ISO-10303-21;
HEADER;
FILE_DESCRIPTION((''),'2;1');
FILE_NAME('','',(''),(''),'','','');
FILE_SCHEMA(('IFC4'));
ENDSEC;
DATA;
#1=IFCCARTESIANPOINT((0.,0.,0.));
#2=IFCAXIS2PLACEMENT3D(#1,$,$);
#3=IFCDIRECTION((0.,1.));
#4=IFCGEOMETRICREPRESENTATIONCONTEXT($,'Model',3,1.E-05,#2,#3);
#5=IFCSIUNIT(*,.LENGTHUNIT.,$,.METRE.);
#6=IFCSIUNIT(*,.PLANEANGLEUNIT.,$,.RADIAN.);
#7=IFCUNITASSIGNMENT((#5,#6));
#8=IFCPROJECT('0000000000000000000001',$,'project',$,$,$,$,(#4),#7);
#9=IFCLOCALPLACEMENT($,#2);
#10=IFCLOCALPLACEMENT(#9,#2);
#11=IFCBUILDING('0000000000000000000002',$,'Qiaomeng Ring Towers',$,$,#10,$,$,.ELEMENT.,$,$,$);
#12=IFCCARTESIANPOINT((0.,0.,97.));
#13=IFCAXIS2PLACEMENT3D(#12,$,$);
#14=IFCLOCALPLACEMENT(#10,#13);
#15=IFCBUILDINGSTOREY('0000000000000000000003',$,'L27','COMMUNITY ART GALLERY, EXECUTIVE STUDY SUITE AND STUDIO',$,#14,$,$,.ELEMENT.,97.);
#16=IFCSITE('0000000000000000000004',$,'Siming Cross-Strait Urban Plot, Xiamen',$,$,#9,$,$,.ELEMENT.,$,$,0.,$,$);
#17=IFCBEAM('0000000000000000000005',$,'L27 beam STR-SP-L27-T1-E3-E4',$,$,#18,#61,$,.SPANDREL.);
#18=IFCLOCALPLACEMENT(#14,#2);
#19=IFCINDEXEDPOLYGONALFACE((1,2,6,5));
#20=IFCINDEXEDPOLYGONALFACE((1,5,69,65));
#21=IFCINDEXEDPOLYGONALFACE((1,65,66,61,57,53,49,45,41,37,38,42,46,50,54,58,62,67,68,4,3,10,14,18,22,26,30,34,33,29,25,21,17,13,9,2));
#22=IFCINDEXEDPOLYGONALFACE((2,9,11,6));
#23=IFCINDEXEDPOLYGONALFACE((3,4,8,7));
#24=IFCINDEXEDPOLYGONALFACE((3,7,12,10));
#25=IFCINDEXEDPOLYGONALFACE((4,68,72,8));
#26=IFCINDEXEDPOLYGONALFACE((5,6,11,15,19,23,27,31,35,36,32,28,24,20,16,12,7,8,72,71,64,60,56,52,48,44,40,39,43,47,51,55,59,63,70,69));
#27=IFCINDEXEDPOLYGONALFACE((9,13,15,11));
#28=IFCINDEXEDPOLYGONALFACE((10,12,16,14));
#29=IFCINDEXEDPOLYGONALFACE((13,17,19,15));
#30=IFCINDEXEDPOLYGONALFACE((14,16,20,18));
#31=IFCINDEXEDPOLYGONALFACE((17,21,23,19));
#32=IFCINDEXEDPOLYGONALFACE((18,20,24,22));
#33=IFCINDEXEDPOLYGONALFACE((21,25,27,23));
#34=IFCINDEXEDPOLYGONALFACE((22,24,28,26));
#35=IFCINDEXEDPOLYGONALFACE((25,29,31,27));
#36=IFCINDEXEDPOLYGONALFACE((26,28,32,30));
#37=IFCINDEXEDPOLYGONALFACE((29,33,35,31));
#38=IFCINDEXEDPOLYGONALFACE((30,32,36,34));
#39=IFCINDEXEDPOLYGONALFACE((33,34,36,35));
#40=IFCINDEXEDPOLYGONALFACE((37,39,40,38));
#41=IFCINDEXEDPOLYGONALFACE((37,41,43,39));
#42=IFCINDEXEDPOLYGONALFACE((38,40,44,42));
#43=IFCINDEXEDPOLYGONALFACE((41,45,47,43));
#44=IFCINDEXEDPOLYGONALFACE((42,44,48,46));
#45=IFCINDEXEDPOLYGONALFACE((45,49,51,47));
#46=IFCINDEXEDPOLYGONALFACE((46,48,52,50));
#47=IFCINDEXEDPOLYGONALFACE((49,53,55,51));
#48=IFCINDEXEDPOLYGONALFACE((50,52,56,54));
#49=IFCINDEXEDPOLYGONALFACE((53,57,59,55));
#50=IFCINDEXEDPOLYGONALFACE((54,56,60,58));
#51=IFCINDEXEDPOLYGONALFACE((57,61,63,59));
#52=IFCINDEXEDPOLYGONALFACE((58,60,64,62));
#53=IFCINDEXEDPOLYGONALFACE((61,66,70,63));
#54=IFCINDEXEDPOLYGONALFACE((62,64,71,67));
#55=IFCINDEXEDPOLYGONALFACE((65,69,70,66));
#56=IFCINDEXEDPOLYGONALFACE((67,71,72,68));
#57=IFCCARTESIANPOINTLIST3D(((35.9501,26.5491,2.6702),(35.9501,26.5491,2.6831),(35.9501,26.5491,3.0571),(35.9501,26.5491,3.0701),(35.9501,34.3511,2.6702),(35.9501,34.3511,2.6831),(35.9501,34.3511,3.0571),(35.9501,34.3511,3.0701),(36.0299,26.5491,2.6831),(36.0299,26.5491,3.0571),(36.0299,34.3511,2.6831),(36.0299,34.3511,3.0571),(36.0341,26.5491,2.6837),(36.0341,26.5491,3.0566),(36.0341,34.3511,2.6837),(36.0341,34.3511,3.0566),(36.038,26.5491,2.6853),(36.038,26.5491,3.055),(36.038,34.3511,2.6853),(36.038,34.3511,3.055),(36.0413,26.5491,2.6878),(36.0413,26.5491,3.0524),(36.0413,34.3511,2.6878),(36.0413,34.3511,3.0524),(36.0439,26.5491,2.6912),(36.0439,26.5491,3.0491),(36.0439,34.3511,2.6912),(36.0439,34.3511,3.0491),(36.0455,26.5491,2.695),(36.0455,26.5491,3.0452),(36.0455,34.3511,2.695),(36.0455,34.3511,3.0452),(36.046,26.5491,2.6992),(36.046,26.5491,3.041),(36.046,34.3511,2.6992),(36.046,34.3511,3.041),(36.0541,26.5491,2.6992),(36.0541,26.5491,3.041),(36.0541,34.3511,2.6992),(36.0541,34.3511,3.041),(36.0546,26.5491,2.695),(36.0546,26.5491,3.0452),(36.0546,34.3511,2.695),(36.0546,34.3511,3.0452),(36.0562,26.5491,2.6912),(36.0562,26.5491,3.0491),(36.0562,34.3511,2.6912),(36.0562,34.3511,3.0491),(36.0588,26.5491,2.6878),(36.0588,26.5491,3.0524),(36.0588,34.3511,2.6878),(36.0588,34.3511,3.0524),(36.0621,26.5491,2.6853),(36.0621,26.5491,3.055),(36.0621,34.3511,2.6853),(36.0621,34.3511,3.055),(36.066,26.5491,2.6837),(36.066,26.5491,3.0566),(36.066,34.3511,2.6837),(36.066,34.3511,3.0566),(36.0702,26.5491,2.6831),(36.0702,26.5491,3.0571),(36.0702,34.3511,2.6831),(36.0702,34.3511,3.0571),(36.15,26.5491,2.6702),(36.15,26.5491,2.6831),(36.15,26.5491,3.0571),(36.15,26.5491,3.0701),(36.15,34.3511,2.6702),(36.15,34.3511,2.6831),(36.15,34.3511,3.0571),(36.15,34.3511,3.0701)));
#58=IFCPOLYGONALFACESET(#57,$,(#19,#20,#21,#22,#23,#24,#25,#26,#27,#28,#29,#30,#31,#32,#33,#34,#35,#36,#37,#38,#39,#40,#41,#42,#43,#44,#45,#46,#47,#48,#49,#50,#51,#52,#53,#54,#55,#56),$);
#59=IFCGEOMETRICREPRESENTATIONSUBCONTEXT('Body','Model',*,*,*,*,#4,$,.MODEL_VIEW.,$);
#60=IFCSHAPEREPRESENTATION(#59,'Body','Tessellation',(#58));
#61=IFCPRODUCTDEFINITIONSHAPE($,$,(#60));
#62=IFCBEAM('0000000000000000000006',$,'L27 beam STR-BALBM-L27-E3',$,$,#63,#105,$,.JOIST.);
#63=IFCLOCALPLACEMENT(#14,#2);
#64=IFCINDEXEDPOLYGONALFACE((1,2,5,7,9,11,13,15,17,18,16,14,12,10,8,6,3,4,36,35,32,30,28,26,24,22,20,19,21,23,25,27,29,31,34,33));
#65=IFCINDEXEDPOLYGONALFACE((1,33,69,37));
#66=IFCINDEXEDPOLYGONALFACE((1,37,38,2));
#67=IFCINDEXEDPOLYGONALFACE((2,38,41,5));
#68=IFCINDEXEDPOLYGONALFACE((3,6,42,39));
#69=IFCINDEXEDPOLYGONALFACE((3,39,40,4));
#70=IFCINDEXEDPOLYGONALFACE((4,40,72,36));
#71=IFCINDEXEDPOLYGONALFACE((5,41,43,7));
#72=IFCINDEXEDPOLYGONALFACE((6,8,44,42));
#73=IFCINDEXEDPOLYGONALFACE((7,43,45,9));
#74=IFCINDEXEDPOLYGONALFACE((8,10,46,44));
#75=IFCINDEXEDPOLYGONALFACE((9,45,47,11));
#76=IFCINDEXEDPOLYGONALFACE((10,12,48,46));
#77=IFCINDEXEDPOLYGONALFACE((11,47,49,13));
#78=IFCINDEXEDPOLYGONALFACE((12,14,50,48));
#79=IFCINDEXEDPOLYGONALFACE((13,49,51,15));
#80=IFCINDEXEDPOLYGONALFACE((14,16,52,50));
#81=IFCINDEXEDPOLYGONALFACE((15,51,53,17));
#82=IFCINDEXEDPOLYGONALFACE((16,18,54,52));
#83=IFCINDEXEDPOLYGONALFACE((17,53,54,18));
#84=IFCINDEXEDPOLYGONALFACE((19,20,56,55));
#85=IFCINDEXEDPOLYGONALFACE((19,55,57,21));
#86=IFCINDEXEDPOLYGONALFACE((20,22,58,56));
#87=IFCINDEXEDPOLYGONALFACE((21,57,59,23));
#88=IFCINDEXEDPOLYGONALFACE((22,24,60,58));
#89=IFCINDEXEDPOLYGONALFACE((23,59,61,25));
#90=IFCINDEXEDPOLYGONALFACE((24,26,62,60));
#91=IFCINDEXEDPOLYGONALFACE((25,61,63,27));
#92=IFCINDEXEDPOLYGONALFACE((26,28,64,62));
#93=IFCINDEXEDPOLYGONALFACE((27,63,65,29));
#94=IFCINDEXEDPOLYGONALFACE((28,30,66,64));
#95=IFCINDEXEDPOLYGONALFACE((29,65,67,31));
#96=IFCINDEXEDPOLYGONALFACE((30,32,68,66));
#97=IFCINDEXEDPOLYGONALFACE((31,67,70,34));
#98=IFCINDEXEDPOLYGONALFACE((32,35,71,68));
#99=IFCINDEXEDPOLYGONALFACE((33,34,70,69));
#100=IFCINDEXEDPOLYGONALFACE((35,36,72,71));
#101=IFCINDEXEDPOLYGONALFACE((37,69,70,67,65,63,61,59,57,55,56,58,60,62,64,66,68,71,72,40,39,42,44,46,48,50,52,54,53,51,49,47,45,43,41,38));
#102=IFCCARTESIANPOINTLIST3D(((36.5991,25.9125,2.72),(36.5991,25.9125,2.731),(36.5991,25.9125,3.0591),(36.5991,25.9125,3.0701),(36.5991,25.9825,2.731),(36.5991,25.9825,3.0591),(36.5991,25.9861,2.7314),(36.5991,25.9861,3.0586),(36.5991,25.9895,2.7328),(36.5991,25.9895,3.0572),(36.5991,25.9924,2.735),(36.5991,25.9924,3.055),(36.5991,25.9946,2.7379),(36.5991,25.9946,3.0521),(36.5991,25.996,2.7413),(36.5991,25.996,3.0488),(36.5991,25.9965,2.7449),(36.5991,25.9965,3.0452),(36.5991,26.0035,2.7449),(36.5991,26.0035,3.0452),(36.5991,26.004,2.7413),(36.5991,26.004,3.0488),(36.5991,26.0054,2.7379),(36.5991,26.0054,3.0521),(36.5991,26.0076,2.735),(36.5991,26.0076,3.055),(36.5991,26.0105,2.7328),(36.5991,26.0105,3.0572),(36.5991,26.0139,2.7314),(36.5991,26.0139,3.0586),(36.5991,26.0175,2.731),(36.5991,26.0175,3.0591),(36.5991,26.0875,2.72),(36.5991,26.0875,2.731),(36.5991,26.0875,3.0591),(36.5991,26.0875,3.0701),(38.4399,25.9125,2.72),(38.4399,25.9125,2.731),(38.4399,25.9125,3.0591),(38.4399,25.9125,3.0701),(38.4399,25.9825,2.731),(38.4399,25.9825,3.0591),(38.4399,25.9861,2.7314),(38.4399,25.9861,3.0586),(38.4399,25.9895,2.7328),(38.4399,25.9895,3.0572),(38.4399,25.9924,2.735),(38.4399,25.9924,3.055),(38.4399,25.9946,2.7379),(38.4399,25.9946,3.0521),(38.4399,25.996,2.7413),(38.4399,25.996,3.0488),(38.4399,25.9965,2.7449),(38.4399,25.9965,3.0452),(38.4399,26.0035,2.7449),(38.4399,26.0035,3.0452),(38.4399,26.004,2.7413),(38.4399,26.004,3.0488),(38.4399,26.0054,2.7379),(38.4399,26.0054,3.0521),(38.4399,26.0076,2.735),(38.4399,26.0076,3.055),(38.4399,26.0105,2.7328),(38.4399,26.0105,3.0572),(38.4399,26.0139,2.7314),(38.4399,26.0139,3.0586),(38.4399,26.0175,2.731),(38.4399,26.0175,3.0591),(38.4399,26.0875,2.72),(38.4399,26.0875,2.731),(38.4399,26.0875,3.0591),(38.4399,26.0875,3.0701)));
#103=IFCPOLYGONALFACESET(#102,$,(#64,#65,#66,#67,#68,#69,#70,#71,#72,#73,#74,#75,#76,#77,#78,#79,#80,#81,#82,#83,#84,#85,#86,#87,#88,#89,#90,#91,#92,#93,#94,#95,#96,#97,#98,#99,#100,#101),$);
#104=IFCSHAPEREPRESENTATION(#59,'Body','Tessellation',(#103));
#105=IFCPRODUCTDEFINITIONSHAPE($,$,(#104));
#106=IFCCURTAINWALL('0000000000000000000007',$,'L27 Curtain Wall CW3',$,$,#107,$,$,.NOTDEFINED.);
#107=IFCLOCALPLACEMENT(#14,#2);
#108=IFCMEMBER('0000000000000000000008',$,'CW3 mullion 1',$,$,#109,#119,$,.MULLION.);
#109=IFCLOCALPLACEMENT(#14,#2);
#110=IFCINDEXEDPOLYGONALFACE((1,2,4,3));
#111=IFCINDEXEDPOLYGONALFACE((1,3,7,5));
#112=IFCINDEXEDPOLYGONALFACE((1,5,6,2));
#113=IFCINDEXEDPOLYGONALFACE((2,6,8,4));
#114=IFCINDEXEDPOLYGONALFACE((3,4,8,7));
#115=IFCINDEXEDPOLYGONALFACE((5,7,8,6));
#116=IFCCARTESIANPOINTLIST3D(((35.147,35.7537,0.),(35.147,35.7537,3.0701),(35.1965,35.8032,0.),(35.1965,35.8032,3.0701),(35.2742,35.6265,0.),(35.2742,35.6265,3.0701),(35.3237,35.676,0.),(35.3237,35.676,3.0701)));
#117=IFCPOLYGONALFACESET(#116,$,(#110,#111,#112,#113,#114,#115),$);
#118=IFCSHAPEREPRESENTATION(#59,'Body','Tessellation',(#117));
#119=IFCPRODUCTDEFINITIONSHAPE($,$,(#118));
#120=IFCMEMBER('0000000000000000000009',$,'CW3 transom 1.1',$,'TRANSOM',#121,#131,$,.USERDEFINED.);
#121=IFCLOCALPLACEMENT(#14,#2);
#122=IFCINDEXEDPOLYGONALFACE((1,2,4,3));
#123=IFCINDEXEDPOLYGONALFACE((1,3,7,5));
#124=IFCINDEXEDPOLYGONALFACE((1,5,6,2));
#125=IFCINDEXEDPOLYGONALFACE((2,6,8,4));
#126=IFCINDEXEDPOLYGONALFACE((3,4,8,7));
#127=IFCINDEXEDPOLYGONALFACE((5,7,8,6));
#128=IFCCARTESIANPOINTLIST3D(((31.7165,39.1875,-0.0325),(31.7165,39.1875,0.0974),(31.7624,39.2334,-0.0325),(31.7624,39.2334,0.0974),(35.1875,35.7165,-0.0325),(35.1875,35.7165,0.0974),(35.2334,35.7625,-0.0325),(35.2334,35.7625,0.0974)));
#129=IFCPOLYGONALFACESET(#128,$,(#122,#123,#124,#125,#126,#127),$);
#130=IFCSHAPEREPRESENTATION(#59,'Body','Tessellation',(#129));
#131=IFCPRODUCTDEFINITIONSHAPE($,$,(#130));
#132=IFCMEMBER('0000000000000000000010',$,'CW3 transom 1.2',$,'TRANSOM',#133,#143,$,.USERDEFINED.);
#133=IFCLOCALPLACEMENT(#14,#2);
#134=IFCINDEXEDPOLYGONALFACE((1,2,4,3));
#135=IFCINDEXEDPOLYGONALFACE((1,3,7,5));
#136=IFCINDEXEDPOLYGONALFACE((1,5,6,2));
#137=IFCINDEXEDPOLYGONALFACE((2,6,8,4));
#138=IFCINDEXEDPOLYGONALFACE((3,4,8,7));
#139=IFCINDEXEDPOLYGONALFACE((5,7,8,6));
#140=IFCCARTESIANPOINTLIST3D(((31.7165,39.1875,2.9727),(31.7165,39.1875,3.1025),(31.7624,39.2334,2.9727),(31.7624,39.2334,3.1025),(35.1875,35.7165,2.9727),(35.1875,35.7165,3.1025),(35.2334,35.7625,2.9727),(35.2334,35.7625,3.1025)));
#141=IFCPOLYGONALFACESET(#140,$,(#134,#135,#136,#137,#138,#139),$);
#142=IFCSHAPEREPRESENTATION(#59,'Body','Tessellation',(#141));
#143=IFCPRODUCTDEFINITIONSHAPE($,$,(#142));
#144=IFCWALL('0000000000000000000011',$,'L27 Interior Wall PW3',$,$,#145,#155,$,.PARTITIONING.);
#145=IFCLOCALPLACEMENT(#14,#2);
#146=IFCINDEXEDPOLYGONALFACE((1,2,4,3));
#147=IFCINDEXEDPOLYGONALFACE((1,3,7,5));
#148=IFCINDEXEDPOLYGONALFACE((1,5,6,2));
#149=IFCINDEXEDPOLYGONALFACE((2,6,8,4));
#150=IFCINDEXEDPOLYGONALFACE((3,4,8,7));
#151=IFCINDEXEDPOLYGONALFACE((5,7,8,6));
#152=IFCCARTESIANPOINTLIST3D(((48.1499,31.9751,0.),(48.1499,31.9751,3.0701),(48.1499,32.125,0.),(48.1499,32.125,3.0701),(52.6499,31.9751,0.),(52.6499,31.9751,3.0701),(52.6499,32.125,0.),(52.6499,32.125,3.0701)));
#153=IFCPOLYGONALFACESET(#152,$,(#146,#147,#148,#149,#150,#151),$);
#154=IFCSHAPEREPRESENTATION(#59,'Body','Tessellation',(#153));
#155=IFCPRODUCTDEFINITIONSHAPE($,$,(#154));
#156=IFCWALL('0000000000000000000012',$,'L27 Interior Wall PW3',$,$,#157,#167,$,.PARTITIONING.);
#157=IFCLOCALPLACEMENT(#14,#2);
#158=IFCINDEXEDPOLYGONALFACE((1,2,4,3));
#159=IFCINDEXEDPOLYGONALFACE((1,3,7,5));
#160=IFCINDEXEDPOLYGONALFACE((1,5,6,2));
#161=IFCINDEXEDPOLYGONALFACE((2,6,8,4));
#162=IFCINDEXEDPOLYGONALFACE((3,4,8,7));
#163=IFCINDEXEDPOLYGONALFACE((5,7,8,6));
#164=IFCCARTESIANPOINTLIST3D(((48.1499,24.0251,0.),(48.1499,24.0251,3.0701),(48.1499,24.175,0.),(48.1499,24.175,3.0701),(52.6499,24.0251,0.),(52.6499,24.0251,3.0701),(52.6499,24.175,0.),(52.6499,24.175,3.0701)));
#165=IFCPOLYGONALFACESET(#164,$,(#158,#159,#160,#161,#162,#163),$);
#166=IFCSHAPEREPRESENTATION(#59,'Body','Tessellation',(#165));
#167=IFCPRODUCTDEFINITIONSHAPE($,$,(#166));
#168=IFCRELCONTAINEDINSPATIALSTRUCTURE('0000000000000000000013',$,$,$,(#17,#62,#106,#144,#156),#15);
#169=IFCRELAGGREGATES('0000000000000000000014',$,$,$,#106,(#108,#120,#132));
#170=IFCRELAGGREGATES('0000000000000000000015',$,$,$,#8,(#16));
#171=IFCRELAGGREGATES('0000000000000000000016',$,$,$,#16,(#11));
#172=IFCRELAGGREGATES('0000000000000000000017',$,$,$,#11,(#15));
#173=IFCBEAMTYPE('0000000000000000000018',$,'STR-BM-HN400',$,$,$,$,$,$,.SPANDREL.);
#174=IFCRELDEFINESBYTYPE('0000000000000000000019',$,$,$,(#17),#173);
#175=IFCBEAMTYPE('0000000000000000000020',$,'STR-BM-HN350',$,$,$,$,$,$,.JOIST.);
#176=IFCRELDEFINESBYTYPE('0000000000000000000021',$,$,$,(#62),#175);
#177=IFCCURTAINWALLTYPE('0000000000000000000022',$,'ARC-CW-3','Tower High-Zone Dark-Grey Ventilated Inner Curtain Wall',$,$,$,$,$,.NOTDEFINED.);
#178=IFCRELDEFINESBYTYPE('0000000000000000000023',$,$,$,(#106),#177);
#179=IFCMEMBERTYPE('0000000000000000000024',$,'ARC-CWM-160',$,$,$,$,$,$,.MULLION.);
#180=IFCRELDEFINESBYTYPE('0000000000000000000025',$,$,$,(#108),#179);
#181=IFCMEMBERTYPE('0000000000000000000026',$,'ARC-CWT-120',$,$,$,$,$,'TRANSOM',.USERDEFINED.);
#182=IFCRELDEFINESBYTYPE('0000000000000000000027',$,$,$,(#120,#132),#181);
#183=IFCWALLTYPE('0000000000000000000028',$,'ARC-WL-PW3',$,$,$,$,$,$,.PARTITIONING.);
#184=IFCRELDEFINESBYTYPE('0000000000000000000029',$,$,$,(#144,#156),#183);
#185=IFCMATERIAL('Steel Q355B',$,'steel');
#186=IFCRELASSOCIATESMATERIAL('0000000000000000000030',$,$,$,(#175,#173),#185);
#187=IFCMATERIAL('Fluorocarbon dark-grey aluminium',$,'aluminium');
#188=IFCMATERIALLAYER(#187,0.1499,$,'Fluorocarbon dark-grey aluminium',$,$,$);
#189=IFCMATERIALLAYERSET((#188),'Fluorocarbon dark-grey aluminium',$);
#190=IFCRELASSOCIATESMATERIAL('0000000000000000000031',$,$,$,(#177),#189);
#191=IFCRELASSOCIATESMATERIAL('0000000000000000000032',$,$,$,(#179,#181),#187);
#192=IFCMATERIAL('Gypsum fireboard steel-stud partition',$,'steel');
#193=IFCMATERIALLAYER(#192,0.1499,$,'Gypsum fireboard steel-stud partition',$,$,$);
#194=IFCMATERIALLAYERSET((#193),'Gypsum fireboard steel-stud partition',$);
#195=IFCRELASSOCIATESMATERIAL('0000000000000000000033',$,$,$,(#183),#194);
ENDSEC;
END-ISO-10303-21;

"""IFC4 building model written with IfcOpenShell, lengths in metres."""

from ifc_helpers import new_model, si_unit, direction, frame, frame_2d, origin, origin_2d, place, context, subcontext, project, spatial, rectangle, i_section, extrude, source, transform, mapped, material, layer, layer_set, material_profile, profile_set, type_object, element, aggregate, save


model = new_model("IFC4")

# Units and contexts
model_context = context("Model", 3, precision=1e-05, world=origin(), true_north=direction((0.0, 1.0)))
body_context = subcontext(model_context, "Body", "Model", "MODEL_VIEW")
ifc_project = project(units=[si_unit("LENGTHUNIT", "METRE"), si_unit("PLANEANGLEUNIT", "RADIAN")], contexts=[model_context])

# Site, building, storey
site_placement = place(None, origin())
site = spatial("IfcSite", under=ifc_project, at=site_placement, Name="Siming Cross-Strait Urban Plot, Xiamen", CompositionType="ELEMENT", RefElevation=0.0)
building_placement = place(site_placement, origin())
building = spatial("IfcBuilding", under=site, at=building_placement, Name="Qiaomeng Ring Towers", CompositionType="ELEMENT")
storey_placement = place(building_placement, frame((0.0, 0.0, 97.0)))
storey = spatial("IfcBuildingStorey", under=building, at=storey_placement, Name="L27", Description="COMMUNITY ART GALLERY, EXECUTIVE STUDY SUITE AND STUDIO", CompositionType="ELEMENT", Elevation=97.0)

# Beams
ifc_material_1 = material(Name="Steel Q355B", Category="steel")
ifc_material_profile_1 = material_profile(ifc_material_1, i_section(OverallWidth=0.175, OverallDepth=0.3501, WebThickness=0.0071, FlangeThickness=0.011, FilletRadius=0.0139, at=origin_2d()), Name="HN 350x175x7x11")
ifc_profile_set_1 = profile_set([ifc_material_profile_1], Name="Steel Q355B")
beam_type_1 = type_object("IfcBeamType", Name="STR-BM-HN350", PredefinedType="JOIST", material=ifc_profile_set_1)
ifc_material_profile_2 = material_profile(ifc_material_1, i_section(OverallWidth=0.2, OverallDepth=0.3999, WebThickness=0.0081, FlangeThickness=0.0129, FilletRadius=0.0161, at=origin_2d()), Name="HN 400x200x8x13")
ifc_profile_set_2 = profile_set([ifc_material_profile_2], Name="Steel Q355B")
beam_type_2 = type_object("IfcBeamType", Name="STR-BM-HN400", PredefinedType="SPANDREL", material=ifc_profile_set_2)
shared_shape_1 = source(origin(), body_context, "Body", "SweptSolid", [
    extrude(i_section(OverallWidth=0.2, OverallDepth=0.3999, WebThickness=0.0081, FlangeThickness=0.0129, FilletRadius=0.0161, at=origin_2d()), origin(), (0.0, 0.0, 1.0), 7.802),
])
beam_1_placement = place(storey_placement, frame((36.05, 26.5491, 2.8701), z_axis=(0.0, 1.0, 0.0), x_axis=(-1.0, 0.0, 0.0)))
element("IfcBeam", 1, at=beam_1_placement, inside=storey, type_object=beam_type_2, Name="L27 beam STR-SP-L27-T1-E3-E4", PredefinedType="SPANDREL", context=body_context, shape_type="MappedRepresentation", body=[
    mapped(shared_shape_1, transform((0.0, 0.0, 0.0), x_axis=(1.0, 0.0, 0.0), y_axis=(0.0, 1.0, 0.0), z_axis=(0.0, 0.0, 1.0), scale=1.0)),
])
shared_shape_2 = source(origin(), body_context, "Body", "SweptSolid", [
    extrude(i_section(OverallWidth=0.175, OverallDepth=0.3501, WebThickness=0.0071, FlangeThickness=0.011, FilletRadius=0.0139, at=origin_2d()), origin(), (0.0, 0.0, 1.0), 1.8408),
])
beam_2_placement = place(storey_placement, frame((36.5991, 26.0, 2.895), z_axis=(1.0, 0.0, 0.0), x_axis=(0.0, 1.0, 0.0)))
element("IfcBeam", 2, at=beam_2_placement, inside=storey, type_object=beam_type_1, Name="L27 beam STR-BALBM-L27-E3", PredefinedType="JOIST", context=body_context, shape_type="MappedRepresentation", body=[
    mapped(shared_shape_2, transform((0.0, 0.0, 0.0), x_axis=(1.0, 0.0, 0.0), y_axis=(0.0, 1.0, 0.0), z_axis=(0.0, 0.0, 1.0), scale=1.0)),
])

# Curtain wall, members
ifc_material_2 = material(Name="Fluorocarbon dark-grey aluminium", Category="aluminium")
ifc_layer_1 = layer(ifc_material_2, 0.1499, Name="Fluorocarbon dark-grey aluminium")
ifc_layer_set_1 = layer_set([ifc_layer_1], Name="Fluorocarbon dark-grey aluminium")
curtain_wall_type = type_object("IfcCurtainWallType", Name="ARC-CW-3", Description="Tower High-Zone Dark-Grey Ventilated Inner Curtain Wall", PredefinedType="NOTDEFINED", material=ifc_layer_set_1)
curtain_wall_placement = place(storey_placement, origin())
curtain_wall = element("IfcCurtainWall", 3, at=curtain_wall_placement, inside=storey, type_object=curtain_wall_type, Name="L27 Curtain Wall CW3", PredefinedType="NOTDEFINED")
ifc_material_profile_3 = material_profile(ifc_material_2, rectangle(XDim=0.0701, YDim=0.1799, at=origin_2d()), Name="ALU MULL 70x180")
ifc_profile_set_3 = profile_set([ifc_material_profile_3], Name="Fluorocarbon dark-grey aluminium")
member_type_1 = type_object("IfcMemberType", Name="ARC-CWM-160", PredefinedType="MULLION", material=ifc_profile_set_3)
shared_shape_3 = source(origin(), body_context, "Body", "SweptSolid", [
    extrude(rectangle(XDim=0.0701, YDim=0.1799, at=origin_2d()), origin(), (0.0, 0.0, 1.0), 3.0701),
])
member_1_placement = place(storey_placement, frame((35.2354, 35.7148, 0.0), z_axis=(0.0, 0.0, 1.0), x_axis=(-0.707107, -0.707107, 0.0)))
member_1 = element("IfcMember", 4, at=member_1_placement, type_object=member_type_1, Name="CW3 mullion 1", PredefinedType="MULLION", context=body_context, shape_type="MappedRepresentation", body=[
    mapped(shared_shape_3, transform((0.0, 0.0, 0.0), x_axis=(1.0, 0.0, 0.0), y_axis=(0.0, 1.0, 0.0), z_axis=(0.0, 0.0, 1.0), scale=1.0)),
])
ifc_material_profile_4 = material_profile(ifc_material_2, rectangle(XDim=0.0649, YDim=0.1299, at=origin_2d()), Name="ALU TRAN 65x130")
ifc_profile_set_4 = profile_set([ifc_material_profile_4], Name="Fluorocarbon dark-grey aluminium")
member_type_2 = type_object("IfcMemberType", Name="ARC-CWT-120", ElementType="TRANSOM", PredefinedType="USERDEFINED", material=ifc_profile_set_4)
shared_shape_4 = source(origin(), body_context, "Body", "SweptSolid", [
    extrude(rectangle(XDim=0.0649, YDim=0.1299, at=origin_2d()), origin(), (0.0, 0.0, 1.0), 4.9087),
])
member_2_placement = place(storey_placement, frame((35.2104, 35.7395, 0.0325), z_axis=(-0.707107, 0.707107, 0.0), x_axis=(-0.707107, -0.707107, 0.0)))
member_2 = element("IfcMember", 5, at=member_2_placement, type_object=member_type_2, Name="CW3 transom 1.1", ObjectType="TRANSOM", PredefinedType="USERDEFINED", context=body_context, shape_type="MappedRepresentation", body=[
    mapped(shared_shape_4, transform((0.0, 0.0, 0.0), x_axis=(1.0, 0.0, 0.0), y_axis=(0.0, 1.0, 0.0), z_axis=(0.0, 0.0, 1.0), scale=1.0)),
])
member_3_placement = place(storey_placement, frame((35.2104, 35.7395, 3.0376), z_axis=(-0.707107, 0.707107, 0.0), x_axis=(-0.707107, -0.707107, 0.0)))
member_3 = element("IfcMember", 6, at=member_3_placement, type_object=member_type_2, Name="CW3 transom 1.2", ObjectType="TRANSOM", PredefinedType="USERDEFINED", context=body_context, shape_type="MappedRepresentation", body=[
    mapped(shared_shape_4, transform((0.0, 0.0, 0.0), x_axis=(1.0, 0.0, 0.0), y_axis=(0.0, 1.0, 0.0), z_axis=(0.0, 0.0, 1.0), scale=1.0)),
])
aggregate(curtain_wall, [member_1, member_2, member_3])

# Walls
ifc_material_3 = material(Name="Gypsum fireboard steel-stud partition", Category="steel")
ifc_layer_2 = layer(ifc_material_3, 0.1499, Name="Gypsum fireboard steel-stud partition")
ifc_layer_set_2 = layer_set([ifc_layer_2], Name="Gypsum fireboard steel-stud partition")
wall_type_1 = type_object("IfcWallType", Name="ARC-WL-PW3", PredefinedType="PARTITIONING", material=ifc_layer_set_2)
for number, where, z_axis, x_axis, name in (
    (7, (48.1499, 32.05, 0.0), (0.0, 0.0, 1.0), (1.0, 0.0, 0.0), "L27 Interior Wall PW3"),
    (8, (48.1499, 24.1001, 0.0), (0.0, 0.0, 1.0), (1.0, 0.0, 0.0), "L27 Interior Wall PW3"),
):
    element("IfcWall", number, at=place(storey_placement, frame(where, z_axis=z_axis, x_axis=x_axis)), inside=storey, type_object=wall_type_1, Name=name, PredefinedType="PARTITIONING", context=body_context, shape_type="SweptSolid", body=[
        extrude(rectangle(XDim=4.5, YDim=0.1499, at=frame_2d((2.25, 0.0))), origin(), (0.0, 0.0, 1.0), 3.0701),
    ])

save(model, "model.ifc")
